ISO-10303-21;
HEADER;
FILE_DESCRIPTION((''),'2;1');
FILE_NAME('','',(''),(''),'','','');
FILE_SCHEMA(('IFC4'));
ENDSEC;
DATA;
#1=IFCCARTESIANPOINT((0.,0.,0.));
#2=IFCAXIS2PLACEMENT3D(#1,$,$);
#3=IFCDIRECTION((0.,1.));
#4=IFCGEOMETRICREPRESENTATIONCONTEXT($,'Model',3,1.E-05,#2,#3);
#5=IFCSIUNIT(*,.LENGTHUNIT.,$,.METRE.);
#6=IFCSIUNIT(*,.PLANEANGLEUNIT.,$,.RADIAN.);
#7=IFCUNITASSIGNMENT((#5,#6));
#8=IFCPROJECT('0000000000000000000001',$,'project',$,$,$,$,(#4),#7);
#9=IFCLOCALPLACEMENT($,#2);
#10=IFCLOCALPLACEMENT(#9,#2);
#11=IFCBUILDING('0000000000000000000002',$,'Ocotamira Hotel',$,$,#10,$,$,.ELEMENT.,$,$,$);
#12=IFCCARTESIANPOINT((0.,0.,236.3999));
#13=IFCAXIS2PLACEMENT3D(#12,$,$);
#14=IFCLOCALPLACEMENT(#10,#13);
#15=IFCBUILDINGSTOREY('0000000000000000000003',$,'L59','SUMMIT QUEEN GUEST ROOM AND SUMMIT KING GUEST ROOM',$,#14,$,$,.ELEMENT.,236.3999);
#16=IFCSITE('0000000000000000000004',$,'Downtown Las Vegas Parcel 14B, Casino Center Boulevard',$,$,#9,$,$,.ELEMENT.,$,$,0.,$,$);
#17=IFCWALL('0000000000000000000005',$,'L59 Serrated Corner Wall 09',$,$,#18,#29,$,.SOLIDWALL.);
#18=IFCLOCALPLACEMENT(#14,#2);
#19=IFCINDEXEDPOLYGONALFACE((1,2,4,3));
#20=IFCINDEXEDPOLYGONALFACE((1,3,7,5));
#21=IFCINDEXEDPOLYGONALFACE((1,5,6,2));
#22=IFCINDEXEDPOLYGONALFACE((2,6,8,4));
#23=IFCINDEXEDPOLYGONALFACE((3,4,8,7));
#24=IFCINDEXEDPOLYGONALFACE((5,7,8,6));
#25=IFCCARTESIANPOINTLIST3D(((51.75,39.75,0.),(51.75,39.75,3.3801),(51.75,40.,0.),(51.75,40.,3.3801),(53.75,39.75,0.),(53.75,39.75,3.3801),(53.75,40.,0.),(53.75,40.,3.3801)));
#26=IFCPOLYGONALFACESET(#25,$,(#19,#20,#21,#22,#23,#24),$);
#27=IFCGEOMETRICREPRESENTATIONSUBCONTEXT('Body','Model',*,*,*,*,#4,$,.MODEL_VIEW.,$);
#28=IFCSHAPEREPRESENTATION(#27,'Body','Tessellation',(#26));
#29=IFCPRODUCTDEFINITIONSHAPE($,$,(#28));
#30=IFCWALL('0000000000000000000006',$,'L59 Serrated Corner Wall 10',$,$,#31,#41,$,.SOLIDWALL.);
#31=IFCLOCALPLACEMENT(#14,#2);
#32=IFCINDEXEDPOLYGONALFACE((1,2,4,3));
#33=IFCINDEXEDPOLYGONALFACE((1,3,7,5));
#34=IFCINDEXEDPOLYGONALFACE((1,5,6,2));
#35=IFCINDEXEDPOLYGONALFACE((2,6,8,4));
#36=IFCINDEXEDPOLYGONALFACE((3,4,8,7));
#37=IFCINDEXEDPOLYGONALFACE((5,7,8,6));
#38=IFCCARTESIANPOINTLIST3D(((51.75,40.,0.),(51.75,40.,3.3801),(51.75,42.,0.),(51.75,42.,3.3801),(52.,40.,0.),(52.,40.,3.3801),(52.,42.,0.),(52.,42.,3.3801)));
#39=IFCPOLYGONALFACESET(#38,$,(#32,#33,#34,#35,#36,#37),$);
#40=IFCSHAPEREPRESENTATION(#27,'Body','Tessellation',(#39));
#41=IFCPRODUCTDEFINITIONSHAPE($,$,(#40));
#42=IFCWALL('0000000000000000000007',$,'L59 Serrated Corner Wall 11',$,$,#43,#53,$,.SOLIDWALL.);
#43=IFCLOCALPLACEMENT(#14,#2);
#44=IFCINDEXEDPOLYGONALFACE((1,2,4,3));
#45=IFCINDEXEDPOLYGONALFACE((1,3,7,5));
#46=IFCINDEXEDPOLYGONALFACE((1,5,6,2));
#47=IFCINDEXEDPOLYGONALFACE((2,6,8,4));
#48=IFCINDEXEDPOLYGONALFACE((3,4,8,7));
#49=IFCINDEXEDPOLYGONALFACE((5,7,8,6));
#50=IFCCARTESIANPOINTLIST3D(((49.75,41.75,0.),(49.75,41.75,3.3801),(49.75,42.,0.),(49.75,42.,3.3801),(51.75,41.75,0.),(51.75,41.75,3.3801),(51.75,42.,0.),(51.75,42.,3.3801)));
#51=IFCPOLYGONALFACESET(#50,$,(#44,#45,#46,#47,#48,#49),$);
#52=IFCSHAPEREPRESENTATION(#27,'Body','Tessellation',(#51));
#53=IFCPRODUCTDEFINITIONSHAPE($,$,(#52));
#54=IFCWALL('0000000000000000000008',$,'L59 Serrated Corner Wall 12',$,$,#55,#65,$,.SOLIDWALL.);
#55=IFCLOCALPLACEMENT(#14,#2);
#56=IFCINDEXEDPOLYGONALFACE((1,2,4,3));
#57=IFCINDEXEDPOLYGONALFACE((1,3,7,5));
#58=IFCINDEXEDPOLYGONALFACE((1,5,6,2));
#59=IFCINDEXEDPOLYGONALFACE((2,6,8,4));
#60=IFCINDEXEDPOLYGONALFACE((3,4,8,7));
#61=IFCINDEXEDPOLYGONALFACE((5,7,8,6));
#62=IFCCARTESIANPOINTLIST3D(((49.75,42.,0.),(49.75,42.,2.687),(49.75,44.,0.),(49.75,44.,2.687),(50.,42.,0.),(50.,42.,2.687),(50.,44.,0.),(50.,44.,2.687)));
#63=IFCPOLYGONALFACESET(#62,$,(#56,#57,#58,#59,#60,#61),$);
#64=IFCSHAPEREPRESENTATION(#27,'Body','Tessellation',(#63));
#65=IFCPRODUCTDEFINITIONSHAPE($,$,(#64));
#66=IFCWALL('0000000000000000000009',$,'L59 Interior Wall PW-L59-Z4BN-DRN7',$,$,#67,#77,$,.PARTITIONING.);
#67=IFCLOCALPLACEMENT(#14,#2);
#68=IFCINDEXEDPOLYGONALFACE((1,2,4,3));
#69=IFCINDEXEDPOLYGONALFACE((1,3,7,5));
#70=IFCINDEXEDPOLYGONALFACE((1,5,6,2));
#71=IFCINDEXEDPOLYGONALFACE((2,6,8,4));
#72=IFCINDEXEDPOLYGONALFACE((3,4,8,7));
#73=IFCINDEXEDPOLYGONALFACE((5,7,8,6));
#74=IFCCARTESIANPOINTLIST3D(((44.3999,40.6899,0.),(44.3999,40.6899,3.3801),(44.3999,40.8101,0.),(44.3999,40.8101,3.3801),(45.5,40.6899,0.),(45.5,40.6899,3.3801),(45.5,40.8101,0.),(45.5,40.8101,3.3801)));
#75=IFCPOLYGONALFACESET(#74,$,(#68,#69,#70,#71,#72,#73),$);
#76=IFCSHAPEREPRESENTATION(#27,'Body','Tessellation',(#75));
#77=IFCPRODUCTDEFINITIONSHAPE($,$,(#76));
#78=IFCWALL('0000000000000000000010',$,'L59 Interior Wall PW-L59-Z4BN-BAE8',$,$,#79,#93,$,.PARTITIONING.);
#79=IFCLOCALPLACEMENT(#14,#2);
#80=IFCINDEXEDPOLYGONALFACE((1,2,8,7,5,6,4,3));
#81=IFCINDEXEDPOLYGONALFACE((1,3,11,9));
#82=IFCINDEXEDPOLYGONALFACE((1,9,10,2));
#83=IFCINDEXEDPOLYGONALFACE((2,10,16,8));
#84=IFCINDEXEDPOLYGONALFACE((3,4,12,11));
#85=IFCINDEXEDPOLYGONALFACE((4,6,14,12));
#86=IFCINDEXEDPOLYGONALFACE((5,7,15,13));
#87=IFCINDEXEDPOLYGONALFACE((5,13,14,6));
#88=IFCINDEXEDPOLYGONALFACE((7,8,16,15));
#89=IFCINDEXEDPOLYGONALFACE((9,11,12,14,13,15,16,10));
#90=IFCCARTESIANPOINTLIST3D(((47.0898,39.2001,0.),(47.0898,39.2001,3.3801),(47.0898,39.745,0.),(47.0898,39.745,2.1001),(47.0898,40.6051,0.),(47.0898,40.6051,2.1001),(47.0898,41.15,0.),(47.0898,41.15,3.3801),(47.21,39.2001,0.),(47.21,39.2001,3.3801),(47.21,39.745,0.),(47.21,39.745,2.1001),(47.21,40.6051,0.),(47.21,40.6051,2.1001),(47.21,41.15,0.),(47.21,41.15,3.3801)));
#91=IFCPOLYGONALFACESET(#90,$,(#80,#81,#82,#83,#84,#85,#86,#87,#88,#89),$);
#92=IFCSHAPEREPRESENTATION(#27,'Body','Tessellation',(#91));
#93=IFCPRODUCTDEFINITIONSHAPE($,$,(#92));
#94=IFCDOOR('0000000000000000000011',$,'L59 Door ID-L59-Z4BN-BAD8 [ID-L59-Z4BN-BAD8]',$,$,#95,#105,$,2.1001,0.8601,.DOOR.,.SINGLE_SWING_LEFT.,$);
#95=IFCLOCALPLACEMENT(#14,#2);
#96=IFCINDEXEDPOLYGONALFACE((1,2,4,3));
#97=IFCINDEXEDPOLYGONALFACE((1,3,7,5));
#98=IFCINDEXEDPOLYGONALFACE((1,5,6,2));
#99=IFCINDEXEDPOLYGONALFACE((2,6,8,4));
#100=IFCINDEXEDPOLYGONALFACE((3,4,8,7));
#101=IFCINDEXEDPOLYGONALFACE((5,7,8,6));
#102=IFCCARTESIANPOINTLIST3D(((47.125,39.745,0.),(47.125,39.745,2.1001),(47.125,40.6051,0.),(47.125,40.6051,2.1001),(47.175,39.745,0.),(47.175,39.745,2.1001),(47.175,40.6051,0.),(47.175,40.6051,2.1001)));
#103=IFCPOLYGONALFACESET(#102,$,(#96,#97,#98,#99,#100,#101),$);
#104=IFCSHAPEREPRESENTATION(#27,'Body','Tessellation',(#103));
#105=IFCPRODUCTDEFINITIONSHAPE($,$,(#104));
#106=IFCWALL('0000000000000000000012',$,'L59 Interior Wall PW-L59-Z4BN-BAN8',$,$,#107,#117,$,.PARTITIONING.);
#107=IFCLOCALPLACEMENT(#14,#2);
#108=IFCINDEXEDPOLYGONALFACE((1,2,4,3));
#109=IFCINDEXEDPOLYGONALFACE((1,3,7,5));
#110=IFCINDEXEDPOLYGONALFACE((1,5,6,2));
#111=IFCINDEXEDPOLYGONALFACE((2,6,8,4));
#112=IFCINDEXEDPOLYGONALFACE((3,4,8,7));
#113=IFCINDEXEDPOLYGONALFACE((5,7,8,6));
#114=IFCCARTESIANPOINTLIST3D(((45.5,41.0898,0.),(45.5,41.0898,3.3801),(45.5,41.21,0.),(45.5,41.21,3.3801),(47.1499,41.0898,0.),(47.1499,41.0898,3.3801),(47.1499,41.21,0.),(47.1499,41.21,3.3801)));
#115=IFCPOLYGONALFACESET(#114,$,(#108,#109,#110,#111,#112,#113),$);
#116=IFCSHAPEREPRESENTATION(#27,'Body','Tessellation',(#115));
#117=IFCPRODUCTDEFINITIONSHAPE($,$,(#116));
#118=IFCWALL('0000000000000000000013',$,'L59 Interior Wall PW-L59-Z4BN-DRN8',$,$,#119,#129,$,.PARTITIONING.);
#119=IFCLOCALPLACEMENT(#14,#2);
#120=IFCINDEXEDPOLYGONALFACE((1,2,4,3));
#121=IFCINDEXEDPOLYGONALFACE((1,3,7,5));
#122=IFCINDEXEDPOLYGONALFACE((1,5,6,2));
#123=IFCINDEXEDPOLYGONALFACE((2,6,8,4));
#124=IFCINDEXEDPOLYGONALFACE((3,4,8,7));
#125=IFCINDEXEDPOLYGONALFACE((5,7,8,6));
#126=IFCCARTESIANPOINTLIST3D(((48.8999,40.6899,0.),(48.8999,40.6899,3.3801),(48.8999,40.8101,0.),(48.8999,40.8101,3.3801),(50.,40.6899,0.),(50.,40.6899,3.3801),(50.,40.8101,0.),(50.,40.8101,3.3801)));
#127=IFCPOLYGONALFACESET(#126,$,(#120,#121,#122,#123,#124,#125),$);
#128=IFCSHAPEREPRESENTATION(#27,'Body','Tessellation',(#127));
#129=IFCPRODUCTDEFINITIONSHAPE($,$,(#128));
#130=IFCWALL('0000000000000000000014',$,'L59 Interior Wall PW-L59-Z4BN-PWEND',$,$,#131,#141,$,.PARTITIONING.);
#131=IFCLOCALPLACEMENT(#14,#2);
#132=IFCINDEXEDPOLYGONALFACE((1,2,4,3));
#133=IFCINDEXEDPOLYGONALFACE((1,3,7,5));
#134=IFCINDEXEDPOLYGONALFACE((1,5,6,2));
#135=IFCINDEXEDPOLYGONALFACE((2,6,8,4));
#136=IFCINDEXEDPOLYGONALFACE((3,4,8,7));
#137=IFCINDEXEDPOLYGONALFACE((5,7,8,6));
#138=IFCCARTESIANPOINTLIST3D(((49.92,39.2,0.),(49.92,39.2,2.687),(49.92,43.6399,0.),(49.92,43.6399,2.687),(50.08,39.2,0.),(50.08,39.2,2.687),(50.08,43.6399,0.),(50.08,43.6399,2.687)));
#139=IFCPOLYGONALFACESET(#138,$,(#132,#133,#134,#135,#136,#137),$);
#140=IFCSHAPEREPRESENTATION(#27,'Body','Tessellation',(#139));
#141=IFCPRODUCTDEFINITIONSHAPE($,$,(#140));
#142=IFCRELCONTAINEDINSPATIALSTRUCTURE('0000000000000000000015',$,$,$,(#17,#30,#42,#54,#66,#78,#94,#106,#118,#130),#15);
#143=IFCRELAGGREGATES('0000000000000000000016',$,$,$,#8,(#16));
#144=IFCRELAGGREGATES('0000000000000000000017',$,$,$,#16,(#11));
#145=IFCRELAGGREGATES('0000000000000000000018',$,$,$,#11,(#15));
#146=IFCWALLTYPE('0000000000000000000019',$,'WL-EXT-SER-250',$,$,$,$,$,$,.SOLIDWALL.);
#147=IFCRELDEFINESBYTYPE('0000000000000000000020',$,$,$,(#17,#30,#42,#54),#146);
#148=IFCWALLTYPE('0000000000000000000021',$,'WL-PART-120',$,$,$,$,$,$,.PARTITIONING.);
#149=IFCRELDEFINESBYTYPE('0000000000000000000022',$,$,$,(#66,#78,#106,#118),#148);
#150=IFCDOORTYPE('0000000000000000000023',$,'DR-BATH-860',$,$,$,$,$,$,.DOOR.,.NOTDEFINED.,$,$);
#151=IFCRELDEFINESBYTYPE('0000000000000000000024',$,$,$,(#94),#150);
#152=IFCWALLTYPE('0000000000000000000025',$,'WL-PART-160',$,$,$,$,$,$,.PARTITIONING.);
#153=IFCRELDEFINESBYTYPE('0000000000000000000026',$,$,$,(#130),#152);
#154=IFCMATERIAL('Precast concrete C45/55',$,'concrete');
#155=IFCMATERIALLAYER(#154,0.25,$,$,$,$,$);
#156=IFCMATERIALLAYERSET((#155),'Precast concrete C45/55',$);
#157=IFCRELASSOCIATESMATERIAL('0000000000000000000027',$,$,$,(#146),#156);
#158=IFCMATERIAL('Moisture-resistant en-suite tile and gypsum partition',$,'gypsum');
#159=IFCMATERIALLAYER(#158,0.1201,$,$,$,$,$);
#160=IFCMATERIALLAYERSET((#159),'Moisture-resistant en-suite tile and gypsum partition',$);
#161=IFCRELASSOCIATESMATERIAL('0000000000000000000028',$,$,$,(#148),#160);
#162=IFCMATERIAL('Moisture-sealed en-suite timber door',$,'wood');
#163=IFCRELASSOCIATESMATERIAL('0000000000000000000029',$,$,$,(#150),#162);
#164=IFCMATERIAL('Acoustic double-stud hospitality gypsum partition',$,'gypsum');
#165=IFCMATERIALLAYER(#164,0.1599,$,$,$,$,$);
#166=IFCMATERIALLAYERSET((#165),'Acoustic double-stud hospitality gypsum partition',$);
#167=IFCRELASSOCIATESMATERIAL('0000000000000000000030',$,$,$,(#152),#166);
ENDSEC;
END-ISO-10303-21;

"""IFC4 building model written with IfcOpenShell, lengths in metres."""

from ifc_helpers import new_model, si_unit, direction, frame, frame_2d, origin, place, context, subcontext, project, spatial, rectangle, extrude, source, transform, mapped, material, layer, layer_set, type_object, element, fill, save


model = new_model("IFC4")

# Units and contexts
model_context = context("Model", 3, precision=1e-05, world=origin(), true_north=direction((0.0, 1.0)))
body_context = subcontext(model_context, "Body", "Model", "MODEL_VIEW")
ifc_project = project(units=[si_unit("LENGTHUNIT", "METRE"), si_unit("PLANEANGLEUNIT", "RADIAN")], contexts=[model_context])

# Site, building, storey
site_placement = place(None, origin())
site = spatial("IfcSite", under=ifc_project, at=site_placement, Name="Downtown Las Vegas Parcel 14B, Casino Center Boulevard", CompositionType="ELEMENT", RefElevation=0.0)
building_placement = place(site_placement, origin())
building = spatial("IfcBuilding", under=site, at=building_placement, Name="Ocotamira Hotel", CompositionType="ELEMENT")
storey_placement = place(building_placement, frame((0.0, 0.0, 236.3999)))
storey = spatial("IfcBuildingStorey", under=building, at=storey_placement, Name="L59", Description="SUMMIT QUEEN GUEST ROOM AND SUMMIT KING GUEST ROOM", CompositionType="ELEMENT", Elevation=236.3999)

# Walls
ifc_material_1 = material(Name="Precast concrete C45/55", Category="concrete")
ifc_layer_1 = layer(ifc_material_1, 0.25)
ifc_layer_set_1 = layer_set([ifc_layer_1], Name="Precast concrete C45/55")
wall_type_1 = type_object("IfcWallType", Name="WL-EXT-SER-250", PredefinedType="SOLIDWALL", material=ifc_layer_set_1)
for number, where, z_axis, x_axis, name in (
    (1, (53.75, 39.875, 0.0), (0.0, 0.0, 1.0), (-1.0, 0.0, 0.0), "L59 Serrated Corner Wall 09"),
    (2, (51.875, 40.0, 0.0), (0.0, 0.0, 1.0), (0.0, 1.0, 0.0), "L59 Serrated Corner Wall 10"),
    (3, (51.75, 41.875, 0.0), (0.0, 0.0, 1.0), (-1.0, 0.0, 0.0), "L59 Serrated Corner Wall 11"),
):
    element("IfcWall", number, at=place(storey_placement, frame(where, z_axis=z_axis, x_axis=x_axis)), inside=storey, type_object=wall_type_1, Name=name, PredefinedType="SOLIDWALL", context=body_context, shape_type="SweptSolid", body=[
        extrude(rectangle(XDim=2.0, YDim=0.25, at=frame_2d((1.0, 0.0))), origin(), (0.0, 0.0, 1.0), 3.3801),
    ])
wall_1_placement = place(storey_placement, frame((49.875, 42.0, 0.0), z_axis=(0.0, 0.0, 1.0), x_axis=(0.0, 1.0, 0.0)))
element("IfcWall", 4, at=wall_1_placement, inside=storey, type_object=wall_type_1, Name="L59 Serrated Corner Wall 12", PredefinedType="SOLIDWALL", context=body_context, shape_type="SweptSolid", body=[
    extrude(rectangle(XDim=2.0, YDim=0.25, at=frame_2d((1.0, 0.0))), origin(), (0.0, 0.0, 1.0), 2.687),
])

# Wall
ifc_material_2 = material(Name="Moisture-resistant en-suite tile and gypsum partition", Category="gypsum")
ifc_layer_2 = layer(ifc_material_2, 0.1201)
ifc_layer_set_2 = layer_set([ifc_layer_2], Name="Moisture-resistant en-suite tile and gypsum partition")
wall_type_2 = type_object("IfcWallType", Name="WL-PART-120", PredefinedType="PARTITIONING", material=ifc_layer_set_2)
wall_2_placement = place(storey_placement, frame((44.3999, 40.75, 0.0), z_axis=(0.0, 0.0, 1.0), x_axis=(1.0, 0.0, 0.0)))
element("IfcWall", 5, at=wall_2_placement, inside=storey, type_object=wall_type_2, Name="L59 Interior Wall PW-L59-Z4BN-DRN7", PredefinedType="PARTITIONING", context=body_context, shape_type="SweptSolid", body=[
    extrude(rectangle(XDim=1.1001, YDim=0.1201, at=frame_2d((0.55, 0.0))), origin(), (0.0, 0.0, 1.0), 3.3801),
])

# Wall, opening, door
wall_3_placement = place(storey_placement, frame((47.1499, 39.2, 0.0), z_axis=(0.0, 0.0, 1.0), x_axis=(0.0, 1.0, 0.0)))
wall_3 = element("IfcWall", 6, at=wall_3_placement, inside=storey, type_object=wall_type_2, Name="L59 Interior Wall PW-L59-Z4BN-BAE8", PredefinedType="PARTITIONING", context=body_context, shape_type="SweptSolid", body=[
    extrude(rectangle(XDim=1.95, YDim=0.1201, at=frame_2d((0.9751, 0.0))), origin(), (0.0, 0.0, 1.0), 3.3801),
])
opening_1_placement = place(wall_3_placement, frame((0.5449, 0.0, 0.0)))
opening_1 = element("IfcOpeningElement", 7, at=opening_1_placement, cuts=wall_3, PredefinedType="OPENING", context=body_context, shape_type="SweptSolid", body=[
    extrude(rectangle(XDim=0.8601, YDim=2.1001, at=frame_2d((0.4302, 1.05))), frame((0.0, 0.0701, 0.0), z_axis=(0.0, -1.0, 0.0), x_axis=(1.0, 0.0, 0.0)), (0.0, 0.0, 1.0), 0.1401),
])
ifc_material_3 = material(Name="Moisture-sealed en-suite timber door", Category="wood")
door_type_1 = type_object("IfcDoorType", Name="DR-BATH-860", OperationType="NOTDEFINED", PredefinedType="DOOR", material=ifc_material_3)
shared_shape_1 = source(origin(), body_context, "Body", "SweptSolid", [
    extrude(rectangle(XDim=0.8601, YDim=2.1001, at=frame_2d((0.4302, 1.05))), frame((0.0, 0.0249, 0.0), z_axis=(0.0, -1.0, 0.0), x_axis=(1.0, 0.0, 0.0)), (0.0, 0.0, 1.0), 0.05),
])
door_1_placement = place(opening_1_placement, origin())
door_1 = element("IfcDoor", 8, at=door_1_placement, inside=storey, type_object=door_type_1, Name="L59 Door ID-L59-Z4BN-BAD8 [ID-L59-Z4BN-BAD8]", OperationType="SINGLE_SWING_LEFT", OverallHeight=2.1001, OverallWidth=0.8601, PredefinedType="DOOR", context=body_context, shape_type="MappedRepresentation", body=[
    mapped(shared_shape_1, transform((0.0, 0.0, 0.0), scale=1.0)),
])
fill(opening_1, door_1)

# Walls
wall_4_placement = place(storey_placement, frame((45.5, 41.1499, 0.0), z_axis=(0.0, 0.0, 1.0), x_axis=(1.0, 0.0, 0.0)))
element("IfcWall", 9, at=wall_4_placement, inside=storey, type_object=wall_type_2, Name="L59 Interior Wall PW-L59-Z4BN-BAN8", PredefinedType="PARTITIONING", context=body_context, shape_type="SweptSolid", body=[
    extrude(rectangle(XDim=1.6499, YDim=0.1201, at=frame_2d((0.825, 0.0))), origin(), (0.0, 0.0, 1.0), 3.3801),
])
wall_5_placement = place(storey_placement, frame((48.8999, 40.75, 0.0), z_axis=(0.0, 0.0, 1.0), x_axis=(1.0, 0.0, 0.0)))
element("IfcWall", 10, at=wall_5_placement, inside=storey, type_object=wall_type_2, Name="L59 Interior Wall PW-L59-Z4BN-DRN8", PredefinedType="PARTITIONING", context=body_context, shape_type="SweptSolid", body=[
    extrude(rectangle(XDim=1.1001, YDim=0.1201, at=frame_2d((0.55, 0.0))), origin(), (0.0, 0.0, 1.0), 3.3801),
])
ifc_material_4 = material(Name="Acoustic double-stud hospitality gypsum partition", Category="gypsum")
ifc_layer_3 = layer(ifc_material_4, 0.1599)
ifc_layer_set_3 = layer_set([ifc_layer_3], Name="Acoustic double-stud hospitality gypsum partition")
wall_type_3 = type_object("IfcWallType", Name="WL-PART-160", PredefinedType="PARTITIONING", material=ifc_layer_set_3)
wall_6_placement = place(storey_placement, frame((50.0, 39.2, 0.0), z_axis=(0.0, 0.0, 1.0), x_axis=(0.0, 1.0, 0.0)))
element("IfcWall", 11, at=wall_6_placement, inside=storey, type_object=wall_type_3, Name="L59 Interior Wall PW-L59-Z4BN-PWEND", PredefinedType="PARTITIONING", context=body_context, shape_type="SweptSolid", body=[
    extrude(rectangle(XDim=4.4399, YDim=0.1599, at=frame_2d((2.22, 0.0))), origin(), (0.0, 0.0, 1.0), 2.687),
])

save(model, "model.ifc")
